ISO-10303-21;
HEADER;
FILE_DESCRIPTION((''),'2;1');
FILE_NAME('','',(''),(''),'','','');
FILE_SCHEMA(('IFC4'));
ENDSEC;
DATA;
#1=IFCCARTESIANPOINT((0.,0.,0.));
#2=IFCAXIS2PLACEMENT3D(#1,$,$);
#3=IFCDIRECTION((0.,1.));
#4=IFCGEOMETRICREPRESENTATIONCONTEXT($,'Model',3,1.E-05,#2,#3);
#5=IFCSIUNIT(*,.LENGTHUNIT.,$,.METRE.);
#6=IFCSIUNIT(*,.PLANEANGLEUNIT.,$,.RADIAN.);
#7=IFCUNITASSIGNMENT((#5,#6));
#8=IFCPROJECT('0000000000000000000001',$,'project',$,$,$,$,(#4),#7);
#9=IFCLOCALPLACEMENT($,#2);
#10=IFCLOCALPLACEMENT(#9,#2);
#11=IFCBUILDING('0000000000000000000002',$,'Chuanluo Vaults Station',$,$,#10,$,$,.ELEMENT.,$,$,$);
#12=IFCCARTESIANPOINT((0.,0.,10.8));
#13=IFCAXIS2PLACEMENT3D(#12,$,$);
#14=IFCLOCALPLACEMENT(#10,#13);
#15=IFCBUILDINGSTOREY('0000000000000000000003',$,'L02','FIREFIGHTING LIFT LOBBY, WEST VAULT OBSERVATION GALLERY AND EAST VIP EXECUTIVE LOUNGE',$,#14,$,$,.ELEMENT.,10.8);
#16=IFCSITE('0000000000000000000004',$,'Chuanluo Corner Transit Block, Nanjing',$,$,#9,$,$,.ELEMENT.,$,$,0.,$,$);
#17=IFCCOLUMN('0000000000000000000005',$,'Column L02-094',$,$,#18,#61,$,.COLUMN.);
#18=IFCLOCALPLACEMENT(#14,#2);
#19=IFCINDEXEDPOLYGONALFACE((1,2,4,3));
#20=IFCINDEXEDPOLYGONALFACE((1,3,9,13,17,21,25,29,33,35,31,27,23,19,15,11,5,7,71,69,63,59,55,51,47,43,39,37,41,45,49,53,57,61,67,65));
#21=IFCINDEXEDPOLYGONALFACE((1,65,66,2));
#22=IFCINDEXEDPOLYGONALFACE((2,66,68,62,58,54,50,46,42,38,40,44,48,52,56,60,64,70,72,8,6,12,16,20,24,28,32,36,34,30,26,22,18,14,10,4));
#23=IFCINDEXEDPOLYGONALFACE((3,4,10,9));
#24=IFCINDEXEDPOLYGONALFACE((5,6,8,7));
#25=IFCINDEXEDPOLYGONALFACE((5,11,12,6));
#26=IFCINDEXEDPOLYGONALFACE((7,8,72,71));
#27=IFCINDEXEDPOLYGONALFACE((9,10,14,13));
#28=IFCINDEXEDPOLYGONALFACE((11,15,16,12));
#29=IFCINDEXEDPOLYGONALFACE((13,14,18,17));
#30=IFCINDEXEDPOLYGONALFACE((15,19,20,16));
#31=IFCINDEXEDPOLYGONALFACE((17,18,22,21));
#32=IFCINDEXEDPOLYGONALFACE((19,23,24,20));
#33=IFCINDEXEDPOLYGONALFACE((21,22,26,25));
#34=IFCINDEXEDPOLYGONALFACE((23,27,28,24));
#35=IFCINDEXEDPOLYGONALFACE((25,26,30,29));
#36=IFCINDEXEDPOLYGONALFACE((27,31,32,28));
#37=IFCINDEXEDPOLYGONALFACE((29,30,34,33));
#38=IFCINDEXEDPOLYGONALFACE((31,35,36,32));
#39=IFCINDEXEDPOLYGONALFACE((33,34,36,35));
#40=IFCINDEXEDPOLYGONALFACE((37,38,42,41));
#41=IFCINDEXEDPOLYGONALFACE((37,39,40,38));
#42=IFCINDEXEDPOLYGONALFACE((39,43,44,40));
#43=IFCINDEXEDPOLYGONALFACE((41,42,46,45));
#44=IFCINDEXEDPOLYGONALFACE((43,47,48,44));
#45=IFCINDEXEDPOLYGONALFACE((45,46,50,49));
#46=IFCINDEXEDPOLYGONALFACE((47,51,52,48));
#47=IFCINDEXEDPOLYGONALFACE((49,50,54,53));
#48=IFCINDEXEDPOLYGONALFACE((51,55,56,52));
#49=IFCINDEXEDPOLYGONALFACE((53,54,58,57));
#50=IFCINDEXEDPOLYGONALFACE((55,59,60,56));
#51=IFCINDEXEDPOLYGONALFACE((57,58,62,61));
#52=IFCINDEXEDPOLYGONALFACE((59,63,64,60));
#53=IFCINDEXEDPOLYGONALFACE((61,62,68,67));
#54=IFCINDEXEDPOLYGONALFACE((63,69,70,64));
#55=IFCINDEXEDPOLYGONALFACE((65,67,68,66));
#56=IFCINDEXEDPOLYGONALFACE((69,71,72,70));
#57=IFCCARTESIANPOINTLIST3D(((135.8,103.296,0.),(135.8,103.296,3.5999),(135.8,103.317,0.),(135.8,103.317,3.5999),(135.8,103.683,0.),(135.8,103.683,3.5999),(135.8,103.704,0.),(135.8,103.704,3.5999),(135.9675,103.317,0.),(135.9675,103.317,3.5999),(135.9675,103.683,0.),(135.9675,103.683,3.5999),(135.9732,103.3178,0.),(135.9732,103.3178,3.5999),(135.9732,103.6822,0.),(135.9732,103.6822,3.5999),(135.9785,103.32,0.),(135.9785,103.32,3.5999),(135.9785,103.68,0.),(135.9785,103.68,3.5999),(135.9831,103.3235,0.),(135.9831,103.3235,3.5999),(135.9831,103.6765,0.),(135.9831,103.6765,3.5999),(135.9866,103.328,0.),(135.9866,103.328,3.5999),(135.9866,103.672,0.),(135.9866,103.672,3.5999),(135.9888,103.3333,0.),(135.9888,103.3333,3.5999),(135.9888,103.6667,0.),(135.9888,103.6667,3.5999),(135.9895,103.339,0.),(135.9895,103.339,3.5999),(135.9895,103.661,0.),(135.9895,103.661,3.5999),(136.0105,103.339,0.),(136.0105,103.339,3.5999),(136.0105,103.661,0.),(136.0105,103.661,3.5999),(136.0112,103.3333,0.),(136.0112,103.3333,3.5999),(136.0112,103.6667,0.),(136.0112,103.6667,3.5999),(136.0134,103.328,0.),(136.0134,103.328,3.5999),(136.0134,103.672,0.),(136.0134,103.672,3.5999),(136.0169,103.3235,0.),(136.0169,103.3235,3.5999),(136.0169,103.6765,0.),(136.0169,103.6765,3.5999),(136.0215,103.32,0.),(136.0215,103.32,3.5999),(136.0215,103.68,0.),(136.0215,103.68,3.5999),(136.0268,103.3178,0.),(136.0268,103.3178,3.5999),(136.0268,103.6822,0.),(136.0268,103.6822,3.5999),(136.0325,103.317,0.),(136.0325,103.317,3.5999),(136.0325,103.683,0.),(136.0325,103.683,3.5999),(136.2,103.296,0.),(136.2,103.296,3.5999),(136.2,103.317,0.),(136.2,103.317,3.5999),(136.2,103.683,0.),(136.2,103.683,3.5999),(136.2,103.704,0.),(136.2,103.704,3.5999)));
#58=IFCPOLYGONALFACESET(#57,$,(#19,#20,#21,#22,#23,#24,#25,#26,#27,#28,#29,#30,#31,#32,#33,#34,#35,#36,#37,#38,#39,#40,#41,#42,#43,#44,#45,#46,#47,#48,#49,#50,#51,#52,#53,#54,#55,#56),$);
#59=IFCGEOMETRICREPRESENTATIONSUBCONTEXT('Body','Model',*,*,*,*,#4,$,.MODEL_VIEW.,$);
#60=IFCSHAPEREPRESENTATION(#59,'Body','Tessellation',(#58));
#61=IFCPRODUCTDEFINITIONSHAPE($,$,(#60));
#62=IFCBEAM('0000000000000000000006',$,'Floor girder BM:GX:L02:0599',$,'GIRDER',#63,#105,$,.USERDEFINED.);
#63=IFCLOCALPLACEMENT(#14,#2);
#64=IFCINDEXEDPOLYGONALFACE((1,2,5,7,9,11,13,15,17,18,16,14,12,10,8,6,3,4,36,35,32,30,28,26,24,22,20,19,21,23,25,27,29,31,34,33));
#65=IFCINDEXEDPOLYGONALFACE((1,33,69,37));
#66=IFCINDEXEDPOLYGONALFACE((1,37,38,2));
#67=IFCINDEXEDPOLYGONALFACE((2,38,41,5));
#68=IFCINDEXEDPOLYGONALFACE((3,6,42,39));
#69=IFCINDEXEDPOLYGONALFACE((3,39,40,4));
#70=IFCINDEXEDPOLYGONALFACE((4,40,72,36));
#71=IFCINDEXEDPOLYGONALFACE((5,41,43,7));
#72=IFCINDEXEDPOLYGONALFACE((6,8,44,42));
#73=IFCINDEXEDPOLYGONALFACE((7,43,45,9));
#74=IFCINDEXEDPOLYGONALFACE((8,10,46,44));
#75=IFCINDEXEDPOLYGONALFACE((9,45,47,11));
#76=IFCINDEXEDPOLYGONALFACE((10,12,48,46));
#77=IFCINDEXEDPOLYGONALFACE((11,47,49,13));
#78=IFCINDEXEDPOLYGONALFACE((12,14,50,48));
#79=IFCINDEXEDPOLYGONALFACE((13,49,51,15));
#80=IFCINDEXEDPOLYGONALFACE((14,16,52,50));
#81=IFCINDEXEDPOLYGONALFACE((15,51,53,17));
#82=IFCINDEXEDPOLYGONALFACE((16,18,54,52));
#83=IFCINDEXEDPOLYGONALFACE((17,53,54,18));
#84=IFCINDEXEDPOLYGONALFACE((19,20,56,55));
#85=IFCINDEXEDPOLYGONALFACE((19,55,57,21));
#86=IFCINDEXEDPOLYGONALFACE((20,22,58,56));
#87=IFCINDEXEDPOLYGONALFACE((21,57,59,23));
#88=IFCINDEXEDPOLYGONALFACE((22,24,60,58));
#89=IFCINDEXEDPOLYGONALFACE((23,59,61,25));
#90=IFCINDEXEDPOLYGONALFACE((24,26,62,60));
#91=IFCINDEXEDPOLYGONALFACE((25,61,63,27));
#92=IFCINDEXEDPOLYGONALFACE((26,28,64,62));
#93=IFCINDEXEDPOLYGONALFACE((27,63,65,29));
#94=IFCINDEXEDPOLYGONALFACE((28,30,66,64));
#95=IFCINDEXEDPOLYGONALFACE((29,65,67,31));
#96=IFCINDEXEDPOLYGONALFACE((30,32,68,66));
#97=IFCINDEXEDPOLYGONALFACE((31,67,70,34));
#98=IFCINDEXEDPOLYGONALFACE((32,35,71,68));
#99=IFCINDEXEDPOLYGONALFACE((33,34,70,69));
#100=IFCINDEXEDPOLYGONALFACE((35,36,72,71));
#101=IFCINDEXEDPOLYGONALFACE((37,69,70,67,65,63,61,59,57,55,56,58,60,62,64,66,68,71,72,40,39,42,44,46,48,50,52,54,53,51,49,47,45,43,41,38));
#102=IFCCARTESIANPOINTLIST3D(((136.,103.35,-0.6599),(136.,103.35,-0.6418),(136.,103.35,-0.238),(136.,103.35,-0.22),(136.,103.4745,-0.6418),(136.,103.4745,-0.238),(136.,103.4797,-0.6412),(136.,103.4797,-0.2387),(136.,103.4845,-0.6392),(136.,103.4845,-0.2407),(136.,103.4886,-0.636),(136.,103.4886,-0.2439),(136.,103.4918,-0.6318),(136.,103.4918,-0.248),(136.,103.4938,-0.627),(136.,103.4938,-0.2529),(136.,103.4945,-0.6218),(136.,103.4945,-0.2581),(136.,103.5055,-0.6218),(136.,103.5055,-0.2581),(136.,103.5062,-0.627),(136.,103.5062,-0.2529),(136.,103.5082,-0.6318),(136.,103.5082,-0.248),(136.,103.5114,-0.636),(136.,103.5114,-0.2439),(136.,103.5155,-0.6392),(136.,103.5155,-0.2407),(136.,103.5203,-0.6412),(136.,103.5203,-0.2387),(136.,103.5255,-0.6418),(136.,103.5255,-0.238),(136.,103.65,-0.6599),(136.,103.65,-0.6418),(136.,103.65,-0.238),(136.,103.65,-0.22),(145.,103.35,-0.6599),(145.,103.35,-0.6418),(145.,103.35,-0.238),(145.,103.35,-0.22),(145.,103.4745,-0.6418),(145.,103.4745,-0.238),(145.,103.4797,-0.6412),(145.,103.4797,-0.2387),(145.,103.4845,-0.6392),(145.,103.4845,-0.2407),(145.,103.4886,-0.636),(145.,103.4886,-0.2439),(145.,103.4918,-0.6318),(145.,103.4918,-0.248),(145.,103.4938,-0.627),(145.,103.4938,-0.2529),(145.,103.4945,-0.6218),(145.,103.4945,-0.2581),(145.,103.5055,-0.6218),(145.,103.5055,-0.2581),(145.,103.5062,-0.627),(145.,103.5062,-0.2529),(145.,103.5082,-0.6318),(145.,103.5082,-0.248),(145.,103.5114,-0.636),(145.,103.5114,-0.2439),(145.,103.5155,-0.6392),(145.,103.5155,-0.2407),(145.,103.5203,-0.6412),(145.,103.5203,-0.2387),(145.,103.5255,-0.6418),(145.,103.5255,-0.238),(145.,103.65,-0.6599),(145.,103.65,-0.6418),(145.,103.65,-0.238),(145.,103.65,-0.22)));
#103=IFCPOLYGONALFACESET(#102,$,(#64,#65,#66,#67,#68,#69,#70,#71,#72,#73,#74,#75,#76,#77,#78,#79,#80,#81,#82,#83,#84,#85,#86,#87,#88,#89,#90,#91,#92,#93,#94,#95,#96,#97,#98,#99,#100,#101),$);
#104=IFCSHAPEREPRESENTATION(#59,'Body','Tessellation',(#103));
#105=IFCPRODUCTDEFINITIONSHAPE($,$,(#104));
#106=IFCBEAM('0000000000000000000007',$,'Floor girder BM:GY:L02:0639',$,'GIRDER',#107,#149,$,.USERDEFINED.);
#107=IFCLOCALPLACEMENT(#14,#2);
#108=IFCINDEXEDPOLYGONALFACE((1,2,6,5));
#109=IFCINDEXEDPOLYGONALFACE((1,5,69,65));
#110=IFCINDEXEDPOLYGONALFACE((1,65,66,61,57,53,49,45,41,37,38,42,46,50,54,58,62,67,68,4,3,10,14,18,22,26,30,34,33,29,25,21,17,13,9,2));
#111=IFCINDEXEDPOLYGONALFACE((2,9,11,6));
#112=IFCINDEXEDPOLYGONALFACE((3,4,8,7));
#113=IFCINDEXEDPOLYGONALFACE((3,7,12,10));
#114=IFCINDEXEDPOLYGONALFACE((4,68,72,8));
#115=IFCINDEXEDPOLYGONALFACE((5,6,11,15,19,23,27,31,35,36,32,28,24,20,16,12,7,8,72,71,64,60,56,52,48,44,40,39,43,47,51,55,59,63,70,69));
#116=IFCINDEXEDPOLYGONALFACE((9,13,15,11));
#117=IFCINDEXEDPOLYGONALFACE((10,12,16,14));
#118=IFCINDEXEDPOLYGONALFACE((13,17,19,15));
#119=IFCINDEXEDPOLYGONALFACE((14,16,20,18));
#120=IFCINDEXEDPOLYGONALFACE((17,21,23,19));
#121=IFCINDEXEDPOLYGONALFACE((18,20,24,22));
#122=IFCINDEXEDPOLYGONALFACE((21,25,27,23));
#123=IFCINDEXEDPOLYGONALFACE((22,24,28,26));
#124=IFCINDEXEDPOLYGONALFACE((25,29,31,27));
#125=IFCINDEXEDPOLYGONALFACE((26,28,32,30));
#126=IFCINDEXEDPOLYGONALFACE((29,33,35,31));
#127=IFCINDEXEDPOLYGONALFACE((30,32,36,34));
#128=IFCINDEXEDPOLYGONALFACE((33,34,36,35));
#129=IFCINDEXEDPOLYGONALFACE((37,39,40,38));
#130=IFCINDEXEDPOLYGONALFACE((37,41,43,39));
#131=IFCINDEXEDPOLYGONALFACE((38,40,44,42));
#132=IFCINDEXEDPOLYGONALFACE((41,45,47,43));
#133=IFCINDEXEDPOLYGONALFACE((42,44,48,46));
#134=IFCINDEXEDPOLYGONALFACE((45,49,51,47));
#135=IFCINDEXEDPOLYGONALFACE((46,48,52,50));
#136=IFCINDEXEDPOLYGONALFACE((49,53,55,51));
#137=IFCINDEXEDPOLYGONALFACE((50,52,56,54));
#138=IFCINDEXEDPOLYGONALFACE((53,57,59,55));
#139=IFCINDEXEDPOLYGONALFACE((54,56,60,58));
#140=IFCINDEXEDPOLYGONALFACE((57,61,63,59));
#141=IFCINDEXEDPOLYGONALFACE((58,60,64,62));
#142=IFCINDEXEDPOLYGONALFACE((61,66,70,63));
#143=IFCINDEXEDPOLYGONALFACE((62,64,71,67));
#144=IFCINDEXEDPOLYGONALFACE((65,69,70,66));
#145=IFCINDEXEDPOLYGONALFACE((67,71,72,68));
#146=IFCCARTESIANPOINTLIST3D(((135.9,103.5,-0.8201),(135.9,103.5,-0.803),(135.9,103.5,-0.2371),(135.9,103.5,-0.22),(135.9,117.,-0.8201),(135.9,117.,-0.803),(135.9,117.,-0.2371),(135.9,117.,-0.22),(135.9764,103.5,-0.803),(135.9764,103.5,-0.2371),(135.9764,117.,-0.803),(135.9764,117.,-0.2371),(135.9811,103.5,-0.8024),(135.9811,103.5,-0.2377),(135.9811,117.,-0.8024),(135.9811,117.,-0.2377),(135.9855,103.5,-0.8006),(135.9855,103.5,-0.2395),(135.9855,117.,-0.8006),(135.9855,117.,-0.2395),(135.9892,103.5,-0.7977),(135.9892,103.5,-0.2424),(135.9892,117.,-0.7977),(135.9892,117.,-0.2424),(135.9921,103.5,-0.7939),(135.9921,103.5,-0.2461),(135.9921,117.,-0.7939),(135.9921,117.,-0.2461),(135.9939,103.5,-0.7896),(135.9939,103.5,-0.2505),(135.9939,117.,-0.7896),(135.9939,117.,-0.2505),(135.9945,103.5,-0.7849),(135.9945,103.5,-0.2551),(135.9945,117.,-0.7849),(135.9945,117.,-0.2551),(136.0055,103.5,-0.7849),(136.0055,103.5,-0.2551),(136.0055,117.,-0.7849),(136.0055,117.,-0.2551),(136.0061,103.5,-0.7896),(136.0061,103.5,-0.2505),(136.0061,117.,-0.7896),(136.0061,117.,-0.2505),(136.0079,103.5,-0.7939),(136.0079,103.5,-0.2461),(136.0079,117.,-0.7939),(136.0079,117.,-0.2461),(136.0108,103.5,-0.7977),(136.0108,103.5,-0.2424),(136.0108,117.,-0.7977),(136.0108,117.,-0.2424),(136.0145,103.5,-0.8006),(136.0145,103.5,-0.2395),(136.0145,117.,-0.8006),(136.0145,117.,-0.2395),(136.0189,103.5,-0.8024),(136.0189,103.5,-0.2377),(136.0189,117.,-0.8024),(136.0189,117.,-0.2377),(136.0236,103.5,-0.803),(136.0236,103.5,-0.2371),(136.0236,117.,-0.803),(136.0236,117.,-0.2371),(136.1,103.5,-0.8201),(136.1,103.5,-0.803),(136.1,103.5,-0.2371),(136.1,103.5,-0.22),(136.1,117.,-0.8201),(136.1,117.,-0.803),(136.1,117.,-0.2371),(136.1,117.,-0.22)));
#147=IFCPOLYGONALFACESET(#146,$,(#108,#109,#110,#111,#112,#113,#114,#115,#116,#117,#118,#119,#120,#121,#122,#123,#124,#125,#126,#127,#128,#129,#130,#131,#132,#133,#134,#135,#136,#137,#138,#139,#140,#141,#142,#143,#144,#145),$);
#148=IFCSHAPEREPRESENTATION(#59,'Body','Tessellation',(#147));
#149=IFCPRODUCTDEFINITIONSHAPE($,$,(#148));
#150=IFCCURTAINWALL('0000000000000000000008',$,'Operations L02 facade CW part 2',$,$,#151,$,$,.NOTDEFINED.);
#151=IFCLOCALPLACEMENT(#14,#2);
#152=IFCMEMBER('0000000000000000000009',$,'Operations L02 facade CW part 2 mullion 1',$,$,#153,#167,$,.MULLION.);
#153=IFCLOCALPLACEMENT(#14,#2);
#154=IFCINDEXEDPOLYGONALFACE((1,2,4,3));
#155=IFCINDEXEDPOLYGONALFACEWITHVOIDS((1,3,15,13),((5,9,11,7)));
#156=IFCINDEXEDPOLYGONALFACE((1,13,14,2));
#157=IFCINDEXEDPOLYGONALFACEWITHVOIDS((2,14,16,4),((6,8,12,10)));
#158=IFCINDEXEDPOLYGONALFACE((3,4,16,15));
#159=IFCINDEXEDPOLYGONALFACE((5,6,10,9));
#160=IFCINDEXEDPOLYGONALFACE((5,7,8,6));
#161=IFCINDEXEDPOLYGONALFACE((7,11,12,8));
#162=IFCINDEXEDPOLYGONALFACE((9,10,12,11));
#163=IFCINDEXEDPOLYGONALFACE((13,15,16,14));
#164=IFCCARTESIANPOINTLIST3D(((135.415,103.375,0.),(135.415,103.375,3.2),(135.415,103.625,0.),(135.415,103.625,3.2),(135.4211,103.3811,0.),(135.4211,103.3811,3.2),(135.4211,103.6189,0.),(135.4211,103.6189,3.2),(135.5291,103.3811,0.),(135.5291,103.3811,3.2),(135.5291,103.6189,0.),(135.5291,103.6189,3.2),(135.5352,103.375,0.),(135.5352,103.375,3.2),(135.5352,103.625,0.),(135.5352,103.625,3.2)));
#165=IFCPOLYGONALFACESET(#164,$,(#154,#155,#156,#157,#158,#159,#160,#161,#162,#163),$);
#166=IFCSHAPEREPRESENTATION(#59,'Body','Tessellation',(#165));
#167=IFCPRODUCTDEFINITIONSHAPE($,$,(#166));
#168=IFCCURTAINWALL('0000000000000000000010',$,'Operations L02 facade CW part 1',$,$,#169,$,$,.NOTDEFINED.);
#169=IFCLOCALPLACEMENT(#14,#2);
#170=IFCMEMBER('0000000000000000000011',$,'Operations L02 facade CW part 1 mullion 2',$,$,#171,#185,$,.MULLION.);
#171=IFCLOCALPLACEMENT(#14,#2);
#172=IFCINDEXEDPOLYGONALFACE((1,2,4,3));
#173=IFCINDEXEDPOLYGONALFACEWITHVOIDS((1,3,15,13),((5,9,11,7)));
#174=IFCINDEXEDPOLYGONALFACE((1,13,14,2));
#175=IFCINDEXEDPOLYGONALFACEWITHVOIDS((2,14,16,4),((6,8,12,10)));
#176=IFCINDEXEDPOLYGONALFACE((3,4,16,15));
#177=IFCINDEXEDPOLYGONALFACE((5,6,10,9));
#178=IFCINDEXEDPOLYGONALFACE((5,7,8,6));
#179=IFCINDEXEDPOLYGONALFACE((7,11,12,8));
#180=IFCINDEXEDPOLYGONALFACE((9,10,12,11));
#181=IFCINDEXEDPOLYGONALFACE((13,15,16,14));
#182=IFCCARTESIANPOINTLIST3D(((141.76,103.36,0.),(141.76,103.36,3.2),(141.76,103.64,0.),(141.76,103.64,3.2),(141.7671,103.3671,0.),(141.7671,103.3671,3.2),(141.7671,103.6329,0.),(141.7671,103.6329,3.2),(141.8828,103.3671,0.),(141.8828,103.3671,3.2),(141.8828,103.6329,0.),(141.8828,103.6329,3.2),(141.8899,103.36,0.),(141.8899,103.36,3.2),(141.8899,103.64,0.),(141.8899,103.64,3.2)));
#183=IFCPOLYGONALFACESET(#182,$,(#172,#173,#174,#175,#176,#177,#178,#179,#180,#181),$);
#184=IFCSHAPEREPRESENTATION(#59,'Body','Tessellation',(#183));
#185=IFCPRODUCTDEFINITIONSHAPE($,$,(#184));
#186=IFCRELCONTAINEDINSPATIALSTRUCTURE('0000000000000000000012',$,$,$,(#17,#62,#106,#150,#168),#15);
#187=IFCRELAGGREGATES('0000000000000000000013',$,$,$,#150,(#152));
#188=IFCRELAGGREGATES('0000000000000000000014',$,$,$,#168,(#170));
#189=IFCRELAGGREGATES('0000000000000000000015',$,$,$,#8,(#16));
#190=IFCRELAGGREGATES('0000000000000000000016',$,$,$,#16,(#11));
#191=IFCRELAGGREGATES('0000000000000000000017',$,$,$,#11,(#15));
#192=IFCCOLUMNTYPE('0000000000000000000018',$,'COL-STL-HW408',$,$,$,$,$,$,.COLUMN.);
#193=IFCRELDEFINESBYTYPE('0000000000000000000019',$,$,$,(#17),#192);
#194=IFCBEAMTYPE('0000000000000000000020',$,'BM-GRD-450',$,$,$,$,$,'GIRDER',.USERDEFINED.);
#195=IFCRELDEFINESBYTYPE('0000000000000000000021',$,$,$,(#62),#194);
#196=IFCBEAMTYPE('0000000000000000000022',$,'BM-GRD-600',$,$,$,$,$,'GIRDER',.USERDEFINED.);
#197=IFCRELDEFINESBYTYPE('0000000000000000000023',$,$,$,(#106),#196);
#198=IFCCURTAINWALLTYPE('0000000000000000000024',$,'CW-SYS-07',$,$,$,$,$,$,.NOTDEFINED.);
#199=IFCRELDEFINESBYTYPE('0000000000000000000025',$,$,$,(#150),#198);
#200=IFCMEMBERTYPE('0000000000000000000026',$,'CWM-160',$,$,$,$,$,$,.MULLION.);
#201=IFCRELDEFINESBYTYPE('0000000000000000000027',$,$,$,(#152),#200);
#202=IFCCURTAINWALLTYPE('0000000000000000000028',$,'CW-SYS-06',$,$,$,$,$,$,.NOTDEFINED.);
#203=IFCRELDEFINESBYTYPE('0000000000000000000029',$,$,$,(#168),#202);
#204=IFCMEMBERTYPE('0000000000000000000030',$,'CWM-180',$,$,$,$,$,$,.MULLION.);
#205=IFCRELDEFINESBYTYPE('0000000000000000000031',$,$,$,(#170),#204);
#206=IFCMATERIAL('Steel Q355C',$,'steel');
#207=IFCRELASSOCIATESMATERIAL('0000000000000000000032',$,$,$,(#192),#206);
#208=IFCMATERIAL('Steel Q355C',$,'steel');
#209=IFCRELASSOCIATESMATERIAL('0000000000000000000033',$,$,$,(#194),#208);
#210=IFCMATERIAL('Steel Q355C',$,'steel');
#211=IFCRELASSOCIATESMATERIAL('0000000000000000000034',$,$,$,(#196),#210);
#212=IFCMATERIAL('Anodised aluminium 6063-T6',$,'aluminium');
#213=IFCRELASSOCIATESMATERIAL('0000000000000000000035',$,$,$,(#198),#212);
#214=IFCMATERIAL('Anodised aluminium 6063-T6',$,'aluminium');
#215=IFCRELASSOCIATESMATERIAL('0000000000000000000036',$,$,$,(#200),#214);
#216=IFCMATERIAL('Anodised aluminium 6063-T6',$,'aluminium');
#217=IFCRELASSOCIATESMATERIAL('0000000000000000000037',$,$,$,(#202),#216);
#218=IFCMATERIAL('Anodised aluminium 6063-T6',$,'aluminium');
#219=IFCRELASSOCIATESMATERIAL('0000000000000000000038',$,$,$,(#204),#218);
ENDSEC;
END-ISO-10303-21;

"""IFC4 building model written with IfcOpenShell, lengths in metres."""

from ifc_helpers import new_model, si_unit, direction, frame, origin, origin_2d, place, context, subcontext, project, spatial, hollow_rectangle, i_section, extrude, material, material_profile, profile_set, type_object, element, aggregate, save


model = new_model("IFC4")

# Units and contexts
model_context = context("Model", 3, precision=1e-05, world=origin(), true_north=direction((0.0, 1.0)))
body_context = subcontext(model_context, "Body", "Model", "MODEL_VIEW")
ifc_project = project(units=[si_unit("LENGTHUNIT", "METRE"), si_unit("PLANEANGLEUNIT", "RADIAN")], contexts=[model_context])

# Site, building, storey
site_placement = place(None, origin())
site = spatial("IfcSite", under=ifc_project, at=site_placement, Name="Chuanluo Corner Transit Block, Nanjing", CompositionType="ELEMENT", RefElevation=0.0)
building_placement = place(site_placement, origin())
building = spatial("IfcBuilding", under=site, at=building_placement, Name="Chuanluo Vaults Station", CompositionType="ELEMENT")
storey_placement = place(building_placement, frame((0.0, 0.0, 10.8)))
storey = spatial("IfcBuildingStorey", under=building, at=storey_placement, Name="L02", Description="FIREFIGHTING LIFT LOBBY, WEST VAULT OBSERVATION GALLERY AND EAST VIP EXECUTIVE LOUNGE", CompositionType="ELEMENT", Elevation=10.8)

# Column
ifc_material_1 = material(Name="Steel Q355C", Category="steel")
ifc_material_profile_1 = material_profile(ifc_material_1, i_section(OverallWidth=0.3999, OverallDepth=0.408, WebThickness=0.021, FlangeThickness=0.021, FilletRadius=0.022, at=origin_2d()))
ifc_profile_set_1 = profile_set([ifc_material_profile_1], Name="Steel Q355C")
column_type = type_object("IfcColumnType", Name="COL-STL-HW408", PredefinedType="COLUMN", material=ifc_profile_set_1)
column_placement = place(storey_placement, frame((136.0, 103.5, 0.0), z_axis=(0.0, 0.0, 1.0), x_axis=(1.0, 0.0, 0.0)))
element("IfcColumn", 1, at=column_placement, inside=storey, type_object=column_type, Name="Column L02-094", PredefinedType="COLUMN", context=body_context, shape_type="SweptSolid", body=[
    extrude(i_section(OverallWidth=0.3999, OverallDepth=0.408, WebThickness=0.021, FlangeThickness=0.021, FilletRadius=0.022, at=origin_2d()), origin(), (0.0, 0.0, 1.0), 3.5999),
])

# Beams
ifc_material_2 = material(Name="Steel Q355C", Category="steel")
ifc_material_profile_2 = material_profile(ifc_material_2, i_section(OverallWidth=0.3, OverallDepth=0.4399, WebThickness=0.011, FlangeThickness=0.0181, FilletRadius=0.02, at=origin_2d()))
ifc_profile_set_2 = profile_set([ifc_material_profile_2], Name="Steel Q355C")
beam_type_1 = type_object("IfcBeamType", Name="BM-GRD-450", ElementType="GIRDER", PredefinedType="USERDEFINED", material=ifc_profile_set_2)
beam_1_placement = place(storey_placement, frame((136.0, 103.5, -0.4399), z_axis=(1.0, 0.0, 0.0), x_axis=(0.0, 1.0, 0.0)))
element("IfcBeam", 2, at=beam_1_placement, inside=storey, type_object=beam_type_1, Name="Floor girder BM:GX:L02:0599", ObjectType="GIRDER", PredefinedType="USERDEFINED", context=body_context, shape_type="SweptSolid", body=[
    extrude(i_section(OverallWidth=0.3, OverallDepth=0.4399, WebThickness=0.011, FlangeThickness=0.0181, FilletRadius=0.02, at=origin_2d()), origin(), (0.0, 0.0, 1.0), 9.0),
])
ifc_material_3 = material(Name="Steel Q355C", Category="steel")
ifc_material_profile_3 = material_profile(ifc_material_3, i_section(OverallWidth=0.2, OverallDepth=0.6001, WebThickness=0.011, FlangeThickness=0.0171, FilletRadius=0.0181, at=origin_2d()))
ifc_profile_set_3 = profile_set([ifc_material_profile_3], Name="Steel Q355C")
beam_type_2 = type_object("IfcBeamType", Name="BM-GRD-600", ElementType="GIRDER", PredefinedType="USERDEFINED", material=ifc_profile_set_3)
beam_2_placement = place(storey_placement, frame((136.0, 103.5, -0.52), z_axis=(0.0, 1.0, 0.0), x_axis=(-1.0, 0.0, 0.0)))
element("IfcBeam", 3, at=beam_2_placement, inside=storey, type_object=beam_type_2, Name="Floor girder BM:GY:L02:0639", ObjectType="GIRDER", PredefinedType="USERDEFINED", context=body_context, shape_type="SweptSolid", body=[
    extrude(i_section(OverallWidth=0.2, OverallDepth=0.6001, WebThickness=0.011, FlangeThickness=0.0171, FilletRadius=0.0181, at=origin_2d()), origin(), (0.0, 0.0, 1.0), 13.5),
])

# Curtain wall, member
ifc_material_4 = material(Name="Anodised aluminium 6063-T6", Category="aluminium")
curtain_wall_type_1 = type_object("IfcCurtainWallType", Name="CW-SYS-07", PredefinedType="NOTDEFINED", material=ifc_material_4)
curtain_wall_1_placement = place(storey_placement, origin())
curtain_wall_1 = element("IfcCurtainWall", 4, at=curtain_wall_1_placement, inside=storey, type_object=curtain_wall_type_1, Name="Operations L02 facade CW part 2", PredefinedType="NOTDEFINED")
ifc_material_5 = material(Name="Anodised aluminium 6063-T6", Category="aluminium")
ifc_material_profile_4 = material_profile(ifc_material_5, hollow_rectangle(XDim=0.1201, YDim=0.25, WallThickness=0.0061, at=origin_2d()))
ifc_profile_set_4 = profile_set([ifc_material_profile_4], Name="Anodised aluminium 6063-T6")
member_type_1 = type_object("IfcMemberType", Name="CWM-160", PredefinedType="MULLION", material=ifc_profile_set_4)
member_1_placement = place(storey_placement, frame((135.4751, 103.5, 0.0), z_axis=(0.0, 0.0, 1.0), x_axis=(-1.0, 0.0, 0.0)))
member_1 = element("IfcMember", 5, at=member_1_placement, type_object=member_type_1, Name="Operations L02 facade CW part 2 mullion 1", PredefinedType="MULLION", context=body_context, shape_type="SweptSolid", body=[
    extrude(hollow_rectangle(XDim=0.1201, YDim=0.25, WallThickness=0.0061, at=origin_2d()), origin(), (0.0, 0.0, 1.0), 3.2),
])

# Curtain wall, member
ifc_material_6 = material(Name="Anodised aluminium 6063-T6", Category="aluminium")
curtain_wall_type_2 = type_object("IfcCurtainWallType", Name="CW-SYS-06", PredefinedType="NOTDEFINED", material=ifc_material_6)
curtain_wall_2_placement = place(storey_placement, origin())
curtain_wall_2 = element("IfcCurtainWall", 6, at=curtain_wall_2_placement, inside=storey, type_object=curtain_wall_type_2, Name="Operations L02 facade CW part 1", PredefinedType="NOTDEFINED")
ifc_material_7 = material(Name="Anodised aluminium 6063-T6", Category="aluminium")
ifc_material_profile_5 = material_profile(ifc_material_7, hollow_rectangle(XDim=0.1299, YDim=0.28, WallThickness=0.0071, at=origin_2d()))
ifc_profile_set_5 = profile_set([ifc_material_profile_5], Name="Anodised aluminium 6063-T6")
member_type_2 = type_object("IfcMemberType", Name="CWM-180", PredefinedType="MULLION", material=ifc_profile_set_5)
member_2_placement = place(storey_placement, frame((141.825, 103.5, 0.0), z_axis=(0.0, 0.0, 1.0), x_axis=(-1.0, 0.0, 0.0)))
member_2 = element("IfcMember", 7, at=member_2_placement, type_object=member_type_2, Name="Operations L02 facade CW part 1 mullion 2", PredefinedType="MULLION", context=body_context, shape_type="SweptSolid", body=[
    extrude(hollow_rectangle(XDim=0.1299, YDim=0.28, WallThickness=0.0071, at=origin_2d()), origin(), (0.0, 0.0, 1.0), 3.2),
])

aggregate(curtain_wall_1, [member_1])
aggregate(curtain_wall_2, [member_2])

save(model, "model.ifc")
